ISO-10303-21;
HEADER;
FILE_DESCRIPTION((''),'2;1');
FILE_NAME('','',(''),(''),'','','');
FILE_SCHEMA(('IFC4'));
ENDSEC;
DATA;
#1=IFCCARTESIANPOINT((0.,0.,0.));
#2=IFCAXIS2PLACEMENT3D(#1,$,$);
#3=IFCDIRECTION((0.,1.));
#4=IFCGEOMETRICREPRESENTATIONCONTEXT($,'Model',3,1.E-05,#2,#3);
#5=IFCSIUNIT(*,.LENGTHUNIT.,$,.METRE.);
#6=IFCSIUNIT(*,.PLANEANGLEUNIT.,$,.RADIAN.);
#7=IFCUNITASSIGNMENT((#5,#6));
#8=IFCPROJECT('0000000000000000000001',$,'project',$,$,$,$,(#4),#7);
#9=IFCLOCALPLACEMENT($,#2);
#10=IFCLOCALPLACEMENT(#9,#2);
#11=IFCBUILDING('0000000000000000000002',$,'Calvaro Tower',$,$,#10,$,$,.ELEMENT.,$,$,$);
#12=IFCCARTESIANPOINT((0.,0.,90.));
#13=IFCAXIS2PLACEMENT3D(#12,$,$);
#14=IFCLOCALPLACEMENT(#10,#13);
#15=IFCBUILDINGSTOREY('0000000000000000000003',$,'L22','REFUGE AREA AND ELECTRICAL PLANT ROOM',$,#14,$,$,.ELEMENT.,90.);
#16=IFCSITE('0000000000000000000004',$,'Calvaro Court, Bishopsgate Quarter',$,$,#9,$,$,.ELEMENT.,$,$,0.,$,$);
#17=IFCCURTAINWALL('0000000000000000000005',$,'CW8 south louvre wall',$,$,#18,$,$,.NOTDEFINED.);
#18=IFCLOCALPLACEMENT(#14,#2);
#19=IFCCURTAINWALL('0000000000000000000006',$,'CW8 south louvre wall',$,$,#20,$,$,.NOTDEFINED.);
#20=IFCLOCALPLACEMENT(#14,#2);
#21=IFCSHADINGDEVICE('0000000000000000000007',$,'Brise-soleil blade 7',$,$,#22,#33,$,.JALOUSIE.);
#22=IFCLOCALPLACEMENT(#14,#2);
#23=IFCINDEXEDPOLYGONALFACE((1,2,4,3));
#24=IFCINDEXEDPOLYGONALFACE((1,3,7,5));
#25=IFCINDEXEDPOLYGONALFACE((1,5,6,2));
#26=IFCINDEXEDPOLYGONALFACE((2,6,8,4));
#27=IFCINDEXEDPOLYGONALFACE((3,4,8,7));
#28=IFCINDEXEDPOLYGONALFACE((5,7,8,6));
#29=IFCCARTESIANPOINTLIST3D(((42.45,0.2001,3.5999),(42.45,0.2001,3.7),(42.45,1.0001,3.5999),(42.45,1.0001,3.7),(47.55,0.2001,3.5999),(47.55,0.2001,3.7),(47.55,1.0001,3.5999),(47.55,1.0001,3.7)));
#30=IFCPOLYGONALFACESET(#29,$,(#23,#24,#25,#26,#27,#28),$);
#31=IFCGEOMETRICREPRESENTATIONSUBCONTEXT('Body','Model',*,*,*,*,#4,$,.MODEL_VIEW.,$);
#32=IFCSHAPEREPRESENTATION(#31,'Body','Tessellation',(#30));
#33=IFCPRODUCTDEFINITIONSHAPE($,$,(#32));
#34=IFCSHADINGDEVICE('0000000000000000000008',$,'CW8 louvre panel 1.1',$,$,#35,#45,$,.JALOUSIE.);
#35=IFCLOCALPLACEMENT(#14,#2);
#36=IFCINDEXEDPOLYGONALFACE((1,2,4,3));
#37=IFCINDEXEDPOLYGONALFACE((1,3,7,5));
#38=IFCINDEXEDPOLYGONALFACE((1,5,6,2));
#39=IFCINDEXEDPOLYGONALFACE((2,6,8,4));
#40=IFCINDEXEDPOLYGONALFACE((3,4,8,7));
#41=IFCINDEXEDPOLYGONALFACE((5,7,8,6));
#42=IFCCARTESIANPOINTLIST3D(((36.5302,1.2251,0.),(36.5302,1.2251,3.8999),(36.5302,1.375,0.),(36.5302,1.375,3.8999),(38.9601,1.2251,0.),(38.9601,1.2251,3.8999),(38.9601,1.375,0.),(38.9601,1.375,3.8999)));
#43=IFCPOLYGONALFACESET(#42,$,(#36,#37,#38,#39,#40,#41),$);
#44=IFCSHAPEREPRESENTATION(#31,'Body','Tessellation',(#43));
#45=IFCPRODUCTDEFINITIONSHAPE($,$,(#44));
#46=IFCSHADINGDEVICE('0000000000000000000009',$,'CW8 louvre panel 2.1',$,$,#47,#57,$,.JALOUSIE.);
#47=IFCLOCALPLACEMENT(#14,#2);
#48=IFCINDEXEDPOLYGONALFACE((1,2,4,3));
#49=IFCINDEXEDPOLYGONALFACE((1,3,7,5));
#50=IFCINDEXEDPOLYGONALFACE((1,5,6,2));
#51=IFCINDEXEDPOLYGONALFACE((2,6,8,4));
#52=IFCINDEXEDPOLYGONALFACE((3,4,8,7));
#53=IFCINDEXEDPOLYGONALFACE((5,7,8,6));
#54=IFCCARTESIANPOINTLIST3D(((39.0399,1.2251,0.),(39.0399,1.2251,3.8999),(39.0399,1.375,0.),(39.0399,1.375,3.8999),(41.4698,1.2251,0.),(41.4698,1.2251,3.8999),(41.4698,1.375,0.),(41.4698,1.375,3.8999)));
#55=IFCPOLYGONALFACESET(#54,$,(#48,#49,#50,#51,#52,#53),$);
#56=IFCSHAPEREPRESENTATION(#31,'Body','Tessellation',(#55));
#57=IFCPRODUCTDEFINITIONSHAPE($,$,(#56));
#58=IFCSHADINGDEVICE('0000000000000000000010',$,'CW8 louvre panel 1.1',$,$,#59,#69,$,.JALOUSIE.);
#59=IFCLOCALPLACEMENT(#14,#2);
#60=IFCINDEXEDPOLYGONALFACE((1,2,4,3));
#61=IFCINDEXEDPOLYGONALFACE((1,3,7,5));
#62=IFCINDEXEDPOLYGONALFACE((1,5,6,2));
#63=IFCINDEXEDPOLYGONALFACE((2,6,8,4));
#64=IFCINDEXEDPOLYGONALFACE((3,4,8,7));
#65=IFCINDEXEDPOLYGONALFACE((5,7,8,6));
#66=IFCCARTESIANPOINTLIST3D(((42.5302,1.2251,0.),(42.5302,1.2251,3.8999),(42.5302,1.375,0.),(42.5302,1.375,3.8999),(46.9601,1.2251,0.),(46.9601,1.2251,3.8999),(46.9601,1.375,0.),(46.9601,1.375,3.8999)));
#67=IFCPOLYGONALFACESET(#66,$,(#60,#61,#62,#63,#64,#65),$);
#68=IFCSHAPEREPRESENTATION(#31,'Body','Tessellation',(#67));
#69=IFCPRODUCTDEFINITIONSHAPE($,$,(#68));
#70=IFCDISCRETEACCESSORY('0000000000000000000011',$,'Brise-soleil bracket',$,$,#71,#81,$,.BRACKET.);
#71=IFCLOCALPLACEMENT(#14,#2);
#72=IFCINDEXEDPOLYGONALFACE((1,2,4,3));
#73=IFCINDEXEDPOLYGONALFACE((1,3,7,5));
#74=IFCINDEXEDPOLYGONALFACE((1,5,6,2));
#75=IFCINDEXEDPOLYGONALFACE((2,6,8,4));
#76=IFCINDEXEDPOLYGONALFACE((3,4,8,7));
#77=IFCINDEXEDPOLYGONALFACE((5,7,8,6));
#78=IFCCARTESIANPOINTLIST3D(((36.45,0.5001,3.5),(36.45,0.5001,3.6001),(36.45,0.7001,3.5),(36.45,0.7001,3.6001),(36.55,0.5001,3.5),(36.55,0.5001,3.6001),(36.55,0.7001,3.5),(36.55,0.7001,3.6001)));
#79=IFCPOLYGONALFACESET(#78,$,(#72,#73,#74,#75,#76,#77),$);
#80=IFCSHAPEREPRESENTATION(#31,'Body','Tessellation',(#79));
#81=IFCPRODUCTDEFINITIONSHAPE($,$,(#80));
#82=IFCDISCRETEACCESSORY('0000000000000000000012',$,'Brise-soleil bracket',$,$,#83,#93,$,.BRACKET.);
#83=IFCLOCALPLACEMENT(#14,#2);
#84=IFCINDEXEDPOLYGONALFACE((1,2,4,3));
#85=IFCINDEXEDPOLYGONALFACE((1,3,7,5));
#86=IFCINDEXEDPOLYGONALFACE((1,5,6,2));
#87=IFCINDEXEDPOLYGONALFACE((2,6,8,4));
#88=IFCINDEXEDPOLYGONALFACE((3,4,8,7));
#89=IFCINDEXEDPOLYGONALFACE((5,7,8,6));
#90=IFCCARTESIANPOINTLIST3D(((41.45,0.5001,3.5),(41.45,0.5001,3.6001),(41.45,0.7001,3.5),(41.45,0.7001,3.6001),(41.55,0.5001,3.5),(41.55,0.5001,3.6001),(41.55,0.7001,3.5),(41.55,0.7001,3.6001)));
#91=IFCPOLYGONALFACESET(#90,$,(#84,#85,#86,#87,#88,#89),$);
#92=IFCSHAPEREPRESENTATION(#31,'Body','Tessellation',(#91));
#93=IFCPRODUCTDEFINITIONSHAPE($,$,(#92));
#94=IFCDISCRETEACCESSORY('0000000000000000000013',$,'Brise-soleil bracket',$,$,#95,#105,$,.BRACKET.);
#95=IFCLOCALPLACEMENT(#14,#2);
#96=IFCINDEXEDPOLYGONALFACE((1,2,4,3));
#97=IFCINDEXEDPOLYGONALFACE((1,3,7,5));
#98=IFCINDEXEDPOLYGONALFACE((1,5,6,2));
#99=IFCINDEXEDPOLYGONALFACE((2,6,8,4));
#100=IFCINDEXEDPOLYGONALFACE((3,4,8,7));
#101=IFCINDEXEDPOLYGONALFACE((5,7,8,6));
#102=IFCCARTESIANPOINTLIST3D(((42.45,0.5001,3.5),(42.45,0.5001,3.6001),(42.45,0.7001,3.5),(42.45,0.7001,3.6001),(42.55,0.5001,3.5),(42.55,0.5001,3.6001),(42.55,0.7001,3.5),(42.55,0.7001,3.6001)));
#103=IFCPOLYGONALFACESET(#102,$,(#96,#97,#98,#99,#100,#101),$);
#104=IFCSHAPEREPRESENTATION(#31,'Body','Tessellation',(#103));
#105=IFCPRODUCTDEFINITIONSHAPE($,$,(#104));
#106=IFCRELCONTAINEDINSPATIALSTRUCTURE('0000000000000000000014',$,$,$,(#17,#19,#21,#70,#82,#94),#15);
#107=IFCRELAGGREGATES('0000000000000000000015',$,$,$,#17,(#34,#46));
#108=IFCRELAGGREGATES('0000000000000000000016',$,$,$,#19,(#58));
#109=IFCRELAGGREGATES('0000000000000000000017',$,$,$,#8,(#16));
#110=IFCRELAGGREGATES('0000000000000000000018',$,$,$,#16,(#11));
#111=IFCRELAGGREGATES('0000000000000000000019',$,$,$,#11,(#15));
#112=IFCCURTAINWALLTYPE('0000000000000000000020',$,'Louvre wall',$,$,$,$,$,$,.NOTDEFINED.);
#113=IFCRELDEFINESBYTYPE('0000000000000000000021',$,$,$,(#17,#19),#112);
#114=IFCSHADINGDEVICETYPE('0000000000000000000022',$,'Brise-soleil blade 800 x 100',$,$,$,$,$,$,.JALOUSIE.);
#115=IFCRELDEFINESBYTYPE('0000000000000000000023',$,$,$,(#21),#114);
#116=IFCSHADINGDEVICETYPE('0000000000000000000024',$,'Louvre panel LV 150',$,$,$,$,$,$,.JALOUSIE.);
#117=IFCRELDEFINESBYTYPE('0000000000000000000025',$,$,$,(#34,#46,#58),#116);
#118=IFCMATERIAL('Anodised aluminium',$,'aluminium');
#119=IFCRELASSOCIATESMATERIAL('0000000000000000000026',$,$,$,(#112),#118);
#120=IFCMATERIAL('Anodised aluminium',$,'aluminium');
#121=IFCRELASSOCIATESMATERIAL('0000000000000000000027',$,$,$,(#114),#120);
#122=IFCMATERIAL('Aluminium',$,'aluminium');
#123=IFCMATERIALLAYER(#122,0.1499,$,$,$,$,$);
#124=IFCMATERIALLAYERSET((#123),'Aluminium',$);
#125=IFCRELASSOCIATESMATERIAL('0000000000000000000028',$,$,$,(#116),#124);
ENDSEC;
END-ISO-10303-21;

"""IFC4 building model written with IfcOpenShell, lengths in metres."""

from ifc_helpers import new_model, si_unit, direction, frame, origin, origin_2d, place, context, subcontext, project, spatial, rectangle, extrude, material, layer, layer_set, material_profile, profile_set, type_object, element, aggregate, save


model = new_model("IFC4")

# Units and contexts
model_context = context("Model", 3, precision=1e-05, world=origin(), true_north=direction((0.0, 1.0)))
body_context = subcontext(model_context, "Body", "Model", "MODEL_VIEW")
ifc_project = project(units=[si_unit("LENGTHUNIT", "METRE"), si_unit("PLANEANGLEUNIT", "RADIAN")], contexts=[model_context])

# Site, building, storey
site_placement = place(None, origin())
site = spatial("IfcSite", under=ifc_project, at=site_placement, Name="Calvaro Court, Bishopsgate Quarter", CompositionType="ELEMENT", RefElevation=0.0)
building_placement = place(site_placement, origin())
building = spatial("IfcBuilding", under=site, at=building_placement, Name="Calvaro Tower", CompositionType="ELEMENT")
storey_placement = place(building_placement, frame((0.0, 0.0, 90.0)))
storey = spatial("IfcBuildingStorey", under=building, at=storey_placement, Name="L22", Description="REFUGE AREA AND ELECTRICAL PLANT ROOM", CompositionType="ELEMENT", Elevation=90.0)

# Curtain walls
ifc_material_1 = material(Name="Anodised aluminium", Category="aluminium")
curtain_wall_type = type_object("IfcCurtainWallType", Name="Louvre wall", PredefinedType="NOTDEFINED", material=ifc_material_1)
curtain_wall_1_placement = place(storey_placement, origin())
curtain_wall_1 = element("IfcCurtainWall", 1, at=curtain_wall_1_placement, inside=storey, type_object=curtain_wall_type, Name="CW8 south louvre wall", PredefinedType="NOTDEFINED")
curtain_wall_2_placement = place(storey_placement, origin())
curtain_wall_2 = element("IfcCurtainWall", 2, at=curtain_wall_2_placement, inside=storey, type_object=curtain_wall_type, Name="CW8 south louvre wall", PredefinedType="NOTDEFINED")

# Shading device
ifc_material_2 = material(Name="Anodised aluminium", Category="aluminium")
ifc_material_profile_1 = material_profile(ifc_material_2, rectangle(XDim=0.8, YDim=0.1001, at=origin_2d()), Name="Brise-soleil blade 800 x 100")
ifc_profile_set_1 = profile_set([ifc_material_profile_1], Name="Anodised aluminium")
shading_device_type_1 = type_object("IfcShadingDeviceType", Name="Brise-soleil blade 800 x 100", PredefinedType="JALOUSIE", material=ifc_profile_set_1)
for number, where, z_axis, x_axis, name in (
    (3, (42.45, 0.6001, 3.6499), (1.0, 0.0, 0.0), (0.0, 1.0, 0.0), "Brise-soleil blade 7"),
):
    element("IfcShadingDevice", number, at=place(storey_placement, frame(where, z_axis=z_axis, x_axis=x_axis)), inside=storey, type_object=shading_device_type_1, Name=name, PredefinedType="JALOUSIE", context=body_context, shape_type="SweptSolid", body=[
        extrude(rectangle(XDim=0.8, YDim=0.1001, at=origin_2d()), origin(), (0.0, 0.0, 1.0), 5.1001),
    ])

# Shading devices
ifc_material_3 = material(Name="Aluminium", Category="aluminium")
ifc_layer = layer(ifc_material_3, 0.1499)
ifc_layer_set = layer_set([ifc_layer], Name="Aluminium")
shading_device_type_2 = type_object("IfcShadingDeviceType", Name="Louvre panel LV 150", PredefinedType="JALOUSIE", material=ifc_layer_set)
shading_device_1_placement = place(storey_placement, frame((37.7451, 1.3, 0.0), z_axis=(0.0, 0.0, 1.0), x_axis=(1.0, 0.0, 0.0)))
shading_device_1 = element("IfcShadingDevice", 4, at=shading_device_1_placement, type_object=shading_device_type_2, Name="CW8 louvre panel 1.1", PredefinedType="JALOUSIE", context=body_context, shape_type="SweptSolid", body=[
    extrude(rectangle(XDim=2.4299, YDim=0.1499, at=origin_2d()), origin(), (0.0, 0.0, 1.0), 3.8999),
])
shading_device_2_placement = place(storey_placement, frame((40.2549, 1.3, 0.0), z_axis=(0.0, 0.0, 1.0), x_axis=(1.0, 0.0, 0.0)))
shading_device_2 = element("IfcShadingDevice", 5, at=shading_device_2_placement, type_object=shading_device_type_2, Name="CW8 louvre panel 2.1", PredefinedType="JALOUSIE", context=body_context, shape_type="SweptSolid", body=[
    extrude(rectangle(XDim=2.4299, YDim=0.1499, at=origin_2d()), origin(), (0.0, 0.0, 1.0), 3.8999),
])
aggregate(curtain_wall_1, [shading_device_1, shading_device_2])
shading_device_3_placement = place(storey_placement, frame((44.7451, 1.3, 0.0), z_axis=(0.0, 0.0, 1.0), x_axis=(1.0, 0.0, 0.0)))
shading_device_3 = element("IfcShadingDevice", 6, at=shading_device_3_placement, type_object=shading_device_type_2, Name="CW8 louvre panel 1.1", PredefinedType="JALOUSIE", context=body_context, shape_type="SweptSolid", body=[
    extrude(rectangle(XDim=4.4299, YDim=0.1499, at=origin_2d()), origin(), (0.0, 0.0, 1.0), 3.8999),
])
aggregate(curtain_wall_2, [shading_device_3])

# Discrete accessories
for number, where, z_axis, x_axis, name in (
    (7, (36.5, 0.6001, 3.5), (0.0, 0.0, 1.0), (1.0, 0.0, 0.0), "Brise-soleil bracket"),
    (8, (41.5, 0.6001, 3.5), (0.0, 0.0, 1.0), (1.0, 0.0, 0.0), "Brise-soleil bracket"),
    (9, (42.5, 0.6001, 3.5), (0.0, 0.0, 1.0), (1.0, 0.0, 0.0), "Brise-soleil bracket"),
):
    element("IfcDiscreteAccessory", number, at=place(storey_placement, frame(where, z_axis=z_axis, x_axis=x_axis)), inside=storey, Name=name, PredefinedType="BRACKET", context=body_context, shape_type="SweptSolid", body=[
        extrude(rectangle(XDim=0.1001, YDim=0.2, at=origin_2d()), origin(), (0.0, 0.0, 1.0), 0.1001),
    ])

save(model, "model.ifc")
